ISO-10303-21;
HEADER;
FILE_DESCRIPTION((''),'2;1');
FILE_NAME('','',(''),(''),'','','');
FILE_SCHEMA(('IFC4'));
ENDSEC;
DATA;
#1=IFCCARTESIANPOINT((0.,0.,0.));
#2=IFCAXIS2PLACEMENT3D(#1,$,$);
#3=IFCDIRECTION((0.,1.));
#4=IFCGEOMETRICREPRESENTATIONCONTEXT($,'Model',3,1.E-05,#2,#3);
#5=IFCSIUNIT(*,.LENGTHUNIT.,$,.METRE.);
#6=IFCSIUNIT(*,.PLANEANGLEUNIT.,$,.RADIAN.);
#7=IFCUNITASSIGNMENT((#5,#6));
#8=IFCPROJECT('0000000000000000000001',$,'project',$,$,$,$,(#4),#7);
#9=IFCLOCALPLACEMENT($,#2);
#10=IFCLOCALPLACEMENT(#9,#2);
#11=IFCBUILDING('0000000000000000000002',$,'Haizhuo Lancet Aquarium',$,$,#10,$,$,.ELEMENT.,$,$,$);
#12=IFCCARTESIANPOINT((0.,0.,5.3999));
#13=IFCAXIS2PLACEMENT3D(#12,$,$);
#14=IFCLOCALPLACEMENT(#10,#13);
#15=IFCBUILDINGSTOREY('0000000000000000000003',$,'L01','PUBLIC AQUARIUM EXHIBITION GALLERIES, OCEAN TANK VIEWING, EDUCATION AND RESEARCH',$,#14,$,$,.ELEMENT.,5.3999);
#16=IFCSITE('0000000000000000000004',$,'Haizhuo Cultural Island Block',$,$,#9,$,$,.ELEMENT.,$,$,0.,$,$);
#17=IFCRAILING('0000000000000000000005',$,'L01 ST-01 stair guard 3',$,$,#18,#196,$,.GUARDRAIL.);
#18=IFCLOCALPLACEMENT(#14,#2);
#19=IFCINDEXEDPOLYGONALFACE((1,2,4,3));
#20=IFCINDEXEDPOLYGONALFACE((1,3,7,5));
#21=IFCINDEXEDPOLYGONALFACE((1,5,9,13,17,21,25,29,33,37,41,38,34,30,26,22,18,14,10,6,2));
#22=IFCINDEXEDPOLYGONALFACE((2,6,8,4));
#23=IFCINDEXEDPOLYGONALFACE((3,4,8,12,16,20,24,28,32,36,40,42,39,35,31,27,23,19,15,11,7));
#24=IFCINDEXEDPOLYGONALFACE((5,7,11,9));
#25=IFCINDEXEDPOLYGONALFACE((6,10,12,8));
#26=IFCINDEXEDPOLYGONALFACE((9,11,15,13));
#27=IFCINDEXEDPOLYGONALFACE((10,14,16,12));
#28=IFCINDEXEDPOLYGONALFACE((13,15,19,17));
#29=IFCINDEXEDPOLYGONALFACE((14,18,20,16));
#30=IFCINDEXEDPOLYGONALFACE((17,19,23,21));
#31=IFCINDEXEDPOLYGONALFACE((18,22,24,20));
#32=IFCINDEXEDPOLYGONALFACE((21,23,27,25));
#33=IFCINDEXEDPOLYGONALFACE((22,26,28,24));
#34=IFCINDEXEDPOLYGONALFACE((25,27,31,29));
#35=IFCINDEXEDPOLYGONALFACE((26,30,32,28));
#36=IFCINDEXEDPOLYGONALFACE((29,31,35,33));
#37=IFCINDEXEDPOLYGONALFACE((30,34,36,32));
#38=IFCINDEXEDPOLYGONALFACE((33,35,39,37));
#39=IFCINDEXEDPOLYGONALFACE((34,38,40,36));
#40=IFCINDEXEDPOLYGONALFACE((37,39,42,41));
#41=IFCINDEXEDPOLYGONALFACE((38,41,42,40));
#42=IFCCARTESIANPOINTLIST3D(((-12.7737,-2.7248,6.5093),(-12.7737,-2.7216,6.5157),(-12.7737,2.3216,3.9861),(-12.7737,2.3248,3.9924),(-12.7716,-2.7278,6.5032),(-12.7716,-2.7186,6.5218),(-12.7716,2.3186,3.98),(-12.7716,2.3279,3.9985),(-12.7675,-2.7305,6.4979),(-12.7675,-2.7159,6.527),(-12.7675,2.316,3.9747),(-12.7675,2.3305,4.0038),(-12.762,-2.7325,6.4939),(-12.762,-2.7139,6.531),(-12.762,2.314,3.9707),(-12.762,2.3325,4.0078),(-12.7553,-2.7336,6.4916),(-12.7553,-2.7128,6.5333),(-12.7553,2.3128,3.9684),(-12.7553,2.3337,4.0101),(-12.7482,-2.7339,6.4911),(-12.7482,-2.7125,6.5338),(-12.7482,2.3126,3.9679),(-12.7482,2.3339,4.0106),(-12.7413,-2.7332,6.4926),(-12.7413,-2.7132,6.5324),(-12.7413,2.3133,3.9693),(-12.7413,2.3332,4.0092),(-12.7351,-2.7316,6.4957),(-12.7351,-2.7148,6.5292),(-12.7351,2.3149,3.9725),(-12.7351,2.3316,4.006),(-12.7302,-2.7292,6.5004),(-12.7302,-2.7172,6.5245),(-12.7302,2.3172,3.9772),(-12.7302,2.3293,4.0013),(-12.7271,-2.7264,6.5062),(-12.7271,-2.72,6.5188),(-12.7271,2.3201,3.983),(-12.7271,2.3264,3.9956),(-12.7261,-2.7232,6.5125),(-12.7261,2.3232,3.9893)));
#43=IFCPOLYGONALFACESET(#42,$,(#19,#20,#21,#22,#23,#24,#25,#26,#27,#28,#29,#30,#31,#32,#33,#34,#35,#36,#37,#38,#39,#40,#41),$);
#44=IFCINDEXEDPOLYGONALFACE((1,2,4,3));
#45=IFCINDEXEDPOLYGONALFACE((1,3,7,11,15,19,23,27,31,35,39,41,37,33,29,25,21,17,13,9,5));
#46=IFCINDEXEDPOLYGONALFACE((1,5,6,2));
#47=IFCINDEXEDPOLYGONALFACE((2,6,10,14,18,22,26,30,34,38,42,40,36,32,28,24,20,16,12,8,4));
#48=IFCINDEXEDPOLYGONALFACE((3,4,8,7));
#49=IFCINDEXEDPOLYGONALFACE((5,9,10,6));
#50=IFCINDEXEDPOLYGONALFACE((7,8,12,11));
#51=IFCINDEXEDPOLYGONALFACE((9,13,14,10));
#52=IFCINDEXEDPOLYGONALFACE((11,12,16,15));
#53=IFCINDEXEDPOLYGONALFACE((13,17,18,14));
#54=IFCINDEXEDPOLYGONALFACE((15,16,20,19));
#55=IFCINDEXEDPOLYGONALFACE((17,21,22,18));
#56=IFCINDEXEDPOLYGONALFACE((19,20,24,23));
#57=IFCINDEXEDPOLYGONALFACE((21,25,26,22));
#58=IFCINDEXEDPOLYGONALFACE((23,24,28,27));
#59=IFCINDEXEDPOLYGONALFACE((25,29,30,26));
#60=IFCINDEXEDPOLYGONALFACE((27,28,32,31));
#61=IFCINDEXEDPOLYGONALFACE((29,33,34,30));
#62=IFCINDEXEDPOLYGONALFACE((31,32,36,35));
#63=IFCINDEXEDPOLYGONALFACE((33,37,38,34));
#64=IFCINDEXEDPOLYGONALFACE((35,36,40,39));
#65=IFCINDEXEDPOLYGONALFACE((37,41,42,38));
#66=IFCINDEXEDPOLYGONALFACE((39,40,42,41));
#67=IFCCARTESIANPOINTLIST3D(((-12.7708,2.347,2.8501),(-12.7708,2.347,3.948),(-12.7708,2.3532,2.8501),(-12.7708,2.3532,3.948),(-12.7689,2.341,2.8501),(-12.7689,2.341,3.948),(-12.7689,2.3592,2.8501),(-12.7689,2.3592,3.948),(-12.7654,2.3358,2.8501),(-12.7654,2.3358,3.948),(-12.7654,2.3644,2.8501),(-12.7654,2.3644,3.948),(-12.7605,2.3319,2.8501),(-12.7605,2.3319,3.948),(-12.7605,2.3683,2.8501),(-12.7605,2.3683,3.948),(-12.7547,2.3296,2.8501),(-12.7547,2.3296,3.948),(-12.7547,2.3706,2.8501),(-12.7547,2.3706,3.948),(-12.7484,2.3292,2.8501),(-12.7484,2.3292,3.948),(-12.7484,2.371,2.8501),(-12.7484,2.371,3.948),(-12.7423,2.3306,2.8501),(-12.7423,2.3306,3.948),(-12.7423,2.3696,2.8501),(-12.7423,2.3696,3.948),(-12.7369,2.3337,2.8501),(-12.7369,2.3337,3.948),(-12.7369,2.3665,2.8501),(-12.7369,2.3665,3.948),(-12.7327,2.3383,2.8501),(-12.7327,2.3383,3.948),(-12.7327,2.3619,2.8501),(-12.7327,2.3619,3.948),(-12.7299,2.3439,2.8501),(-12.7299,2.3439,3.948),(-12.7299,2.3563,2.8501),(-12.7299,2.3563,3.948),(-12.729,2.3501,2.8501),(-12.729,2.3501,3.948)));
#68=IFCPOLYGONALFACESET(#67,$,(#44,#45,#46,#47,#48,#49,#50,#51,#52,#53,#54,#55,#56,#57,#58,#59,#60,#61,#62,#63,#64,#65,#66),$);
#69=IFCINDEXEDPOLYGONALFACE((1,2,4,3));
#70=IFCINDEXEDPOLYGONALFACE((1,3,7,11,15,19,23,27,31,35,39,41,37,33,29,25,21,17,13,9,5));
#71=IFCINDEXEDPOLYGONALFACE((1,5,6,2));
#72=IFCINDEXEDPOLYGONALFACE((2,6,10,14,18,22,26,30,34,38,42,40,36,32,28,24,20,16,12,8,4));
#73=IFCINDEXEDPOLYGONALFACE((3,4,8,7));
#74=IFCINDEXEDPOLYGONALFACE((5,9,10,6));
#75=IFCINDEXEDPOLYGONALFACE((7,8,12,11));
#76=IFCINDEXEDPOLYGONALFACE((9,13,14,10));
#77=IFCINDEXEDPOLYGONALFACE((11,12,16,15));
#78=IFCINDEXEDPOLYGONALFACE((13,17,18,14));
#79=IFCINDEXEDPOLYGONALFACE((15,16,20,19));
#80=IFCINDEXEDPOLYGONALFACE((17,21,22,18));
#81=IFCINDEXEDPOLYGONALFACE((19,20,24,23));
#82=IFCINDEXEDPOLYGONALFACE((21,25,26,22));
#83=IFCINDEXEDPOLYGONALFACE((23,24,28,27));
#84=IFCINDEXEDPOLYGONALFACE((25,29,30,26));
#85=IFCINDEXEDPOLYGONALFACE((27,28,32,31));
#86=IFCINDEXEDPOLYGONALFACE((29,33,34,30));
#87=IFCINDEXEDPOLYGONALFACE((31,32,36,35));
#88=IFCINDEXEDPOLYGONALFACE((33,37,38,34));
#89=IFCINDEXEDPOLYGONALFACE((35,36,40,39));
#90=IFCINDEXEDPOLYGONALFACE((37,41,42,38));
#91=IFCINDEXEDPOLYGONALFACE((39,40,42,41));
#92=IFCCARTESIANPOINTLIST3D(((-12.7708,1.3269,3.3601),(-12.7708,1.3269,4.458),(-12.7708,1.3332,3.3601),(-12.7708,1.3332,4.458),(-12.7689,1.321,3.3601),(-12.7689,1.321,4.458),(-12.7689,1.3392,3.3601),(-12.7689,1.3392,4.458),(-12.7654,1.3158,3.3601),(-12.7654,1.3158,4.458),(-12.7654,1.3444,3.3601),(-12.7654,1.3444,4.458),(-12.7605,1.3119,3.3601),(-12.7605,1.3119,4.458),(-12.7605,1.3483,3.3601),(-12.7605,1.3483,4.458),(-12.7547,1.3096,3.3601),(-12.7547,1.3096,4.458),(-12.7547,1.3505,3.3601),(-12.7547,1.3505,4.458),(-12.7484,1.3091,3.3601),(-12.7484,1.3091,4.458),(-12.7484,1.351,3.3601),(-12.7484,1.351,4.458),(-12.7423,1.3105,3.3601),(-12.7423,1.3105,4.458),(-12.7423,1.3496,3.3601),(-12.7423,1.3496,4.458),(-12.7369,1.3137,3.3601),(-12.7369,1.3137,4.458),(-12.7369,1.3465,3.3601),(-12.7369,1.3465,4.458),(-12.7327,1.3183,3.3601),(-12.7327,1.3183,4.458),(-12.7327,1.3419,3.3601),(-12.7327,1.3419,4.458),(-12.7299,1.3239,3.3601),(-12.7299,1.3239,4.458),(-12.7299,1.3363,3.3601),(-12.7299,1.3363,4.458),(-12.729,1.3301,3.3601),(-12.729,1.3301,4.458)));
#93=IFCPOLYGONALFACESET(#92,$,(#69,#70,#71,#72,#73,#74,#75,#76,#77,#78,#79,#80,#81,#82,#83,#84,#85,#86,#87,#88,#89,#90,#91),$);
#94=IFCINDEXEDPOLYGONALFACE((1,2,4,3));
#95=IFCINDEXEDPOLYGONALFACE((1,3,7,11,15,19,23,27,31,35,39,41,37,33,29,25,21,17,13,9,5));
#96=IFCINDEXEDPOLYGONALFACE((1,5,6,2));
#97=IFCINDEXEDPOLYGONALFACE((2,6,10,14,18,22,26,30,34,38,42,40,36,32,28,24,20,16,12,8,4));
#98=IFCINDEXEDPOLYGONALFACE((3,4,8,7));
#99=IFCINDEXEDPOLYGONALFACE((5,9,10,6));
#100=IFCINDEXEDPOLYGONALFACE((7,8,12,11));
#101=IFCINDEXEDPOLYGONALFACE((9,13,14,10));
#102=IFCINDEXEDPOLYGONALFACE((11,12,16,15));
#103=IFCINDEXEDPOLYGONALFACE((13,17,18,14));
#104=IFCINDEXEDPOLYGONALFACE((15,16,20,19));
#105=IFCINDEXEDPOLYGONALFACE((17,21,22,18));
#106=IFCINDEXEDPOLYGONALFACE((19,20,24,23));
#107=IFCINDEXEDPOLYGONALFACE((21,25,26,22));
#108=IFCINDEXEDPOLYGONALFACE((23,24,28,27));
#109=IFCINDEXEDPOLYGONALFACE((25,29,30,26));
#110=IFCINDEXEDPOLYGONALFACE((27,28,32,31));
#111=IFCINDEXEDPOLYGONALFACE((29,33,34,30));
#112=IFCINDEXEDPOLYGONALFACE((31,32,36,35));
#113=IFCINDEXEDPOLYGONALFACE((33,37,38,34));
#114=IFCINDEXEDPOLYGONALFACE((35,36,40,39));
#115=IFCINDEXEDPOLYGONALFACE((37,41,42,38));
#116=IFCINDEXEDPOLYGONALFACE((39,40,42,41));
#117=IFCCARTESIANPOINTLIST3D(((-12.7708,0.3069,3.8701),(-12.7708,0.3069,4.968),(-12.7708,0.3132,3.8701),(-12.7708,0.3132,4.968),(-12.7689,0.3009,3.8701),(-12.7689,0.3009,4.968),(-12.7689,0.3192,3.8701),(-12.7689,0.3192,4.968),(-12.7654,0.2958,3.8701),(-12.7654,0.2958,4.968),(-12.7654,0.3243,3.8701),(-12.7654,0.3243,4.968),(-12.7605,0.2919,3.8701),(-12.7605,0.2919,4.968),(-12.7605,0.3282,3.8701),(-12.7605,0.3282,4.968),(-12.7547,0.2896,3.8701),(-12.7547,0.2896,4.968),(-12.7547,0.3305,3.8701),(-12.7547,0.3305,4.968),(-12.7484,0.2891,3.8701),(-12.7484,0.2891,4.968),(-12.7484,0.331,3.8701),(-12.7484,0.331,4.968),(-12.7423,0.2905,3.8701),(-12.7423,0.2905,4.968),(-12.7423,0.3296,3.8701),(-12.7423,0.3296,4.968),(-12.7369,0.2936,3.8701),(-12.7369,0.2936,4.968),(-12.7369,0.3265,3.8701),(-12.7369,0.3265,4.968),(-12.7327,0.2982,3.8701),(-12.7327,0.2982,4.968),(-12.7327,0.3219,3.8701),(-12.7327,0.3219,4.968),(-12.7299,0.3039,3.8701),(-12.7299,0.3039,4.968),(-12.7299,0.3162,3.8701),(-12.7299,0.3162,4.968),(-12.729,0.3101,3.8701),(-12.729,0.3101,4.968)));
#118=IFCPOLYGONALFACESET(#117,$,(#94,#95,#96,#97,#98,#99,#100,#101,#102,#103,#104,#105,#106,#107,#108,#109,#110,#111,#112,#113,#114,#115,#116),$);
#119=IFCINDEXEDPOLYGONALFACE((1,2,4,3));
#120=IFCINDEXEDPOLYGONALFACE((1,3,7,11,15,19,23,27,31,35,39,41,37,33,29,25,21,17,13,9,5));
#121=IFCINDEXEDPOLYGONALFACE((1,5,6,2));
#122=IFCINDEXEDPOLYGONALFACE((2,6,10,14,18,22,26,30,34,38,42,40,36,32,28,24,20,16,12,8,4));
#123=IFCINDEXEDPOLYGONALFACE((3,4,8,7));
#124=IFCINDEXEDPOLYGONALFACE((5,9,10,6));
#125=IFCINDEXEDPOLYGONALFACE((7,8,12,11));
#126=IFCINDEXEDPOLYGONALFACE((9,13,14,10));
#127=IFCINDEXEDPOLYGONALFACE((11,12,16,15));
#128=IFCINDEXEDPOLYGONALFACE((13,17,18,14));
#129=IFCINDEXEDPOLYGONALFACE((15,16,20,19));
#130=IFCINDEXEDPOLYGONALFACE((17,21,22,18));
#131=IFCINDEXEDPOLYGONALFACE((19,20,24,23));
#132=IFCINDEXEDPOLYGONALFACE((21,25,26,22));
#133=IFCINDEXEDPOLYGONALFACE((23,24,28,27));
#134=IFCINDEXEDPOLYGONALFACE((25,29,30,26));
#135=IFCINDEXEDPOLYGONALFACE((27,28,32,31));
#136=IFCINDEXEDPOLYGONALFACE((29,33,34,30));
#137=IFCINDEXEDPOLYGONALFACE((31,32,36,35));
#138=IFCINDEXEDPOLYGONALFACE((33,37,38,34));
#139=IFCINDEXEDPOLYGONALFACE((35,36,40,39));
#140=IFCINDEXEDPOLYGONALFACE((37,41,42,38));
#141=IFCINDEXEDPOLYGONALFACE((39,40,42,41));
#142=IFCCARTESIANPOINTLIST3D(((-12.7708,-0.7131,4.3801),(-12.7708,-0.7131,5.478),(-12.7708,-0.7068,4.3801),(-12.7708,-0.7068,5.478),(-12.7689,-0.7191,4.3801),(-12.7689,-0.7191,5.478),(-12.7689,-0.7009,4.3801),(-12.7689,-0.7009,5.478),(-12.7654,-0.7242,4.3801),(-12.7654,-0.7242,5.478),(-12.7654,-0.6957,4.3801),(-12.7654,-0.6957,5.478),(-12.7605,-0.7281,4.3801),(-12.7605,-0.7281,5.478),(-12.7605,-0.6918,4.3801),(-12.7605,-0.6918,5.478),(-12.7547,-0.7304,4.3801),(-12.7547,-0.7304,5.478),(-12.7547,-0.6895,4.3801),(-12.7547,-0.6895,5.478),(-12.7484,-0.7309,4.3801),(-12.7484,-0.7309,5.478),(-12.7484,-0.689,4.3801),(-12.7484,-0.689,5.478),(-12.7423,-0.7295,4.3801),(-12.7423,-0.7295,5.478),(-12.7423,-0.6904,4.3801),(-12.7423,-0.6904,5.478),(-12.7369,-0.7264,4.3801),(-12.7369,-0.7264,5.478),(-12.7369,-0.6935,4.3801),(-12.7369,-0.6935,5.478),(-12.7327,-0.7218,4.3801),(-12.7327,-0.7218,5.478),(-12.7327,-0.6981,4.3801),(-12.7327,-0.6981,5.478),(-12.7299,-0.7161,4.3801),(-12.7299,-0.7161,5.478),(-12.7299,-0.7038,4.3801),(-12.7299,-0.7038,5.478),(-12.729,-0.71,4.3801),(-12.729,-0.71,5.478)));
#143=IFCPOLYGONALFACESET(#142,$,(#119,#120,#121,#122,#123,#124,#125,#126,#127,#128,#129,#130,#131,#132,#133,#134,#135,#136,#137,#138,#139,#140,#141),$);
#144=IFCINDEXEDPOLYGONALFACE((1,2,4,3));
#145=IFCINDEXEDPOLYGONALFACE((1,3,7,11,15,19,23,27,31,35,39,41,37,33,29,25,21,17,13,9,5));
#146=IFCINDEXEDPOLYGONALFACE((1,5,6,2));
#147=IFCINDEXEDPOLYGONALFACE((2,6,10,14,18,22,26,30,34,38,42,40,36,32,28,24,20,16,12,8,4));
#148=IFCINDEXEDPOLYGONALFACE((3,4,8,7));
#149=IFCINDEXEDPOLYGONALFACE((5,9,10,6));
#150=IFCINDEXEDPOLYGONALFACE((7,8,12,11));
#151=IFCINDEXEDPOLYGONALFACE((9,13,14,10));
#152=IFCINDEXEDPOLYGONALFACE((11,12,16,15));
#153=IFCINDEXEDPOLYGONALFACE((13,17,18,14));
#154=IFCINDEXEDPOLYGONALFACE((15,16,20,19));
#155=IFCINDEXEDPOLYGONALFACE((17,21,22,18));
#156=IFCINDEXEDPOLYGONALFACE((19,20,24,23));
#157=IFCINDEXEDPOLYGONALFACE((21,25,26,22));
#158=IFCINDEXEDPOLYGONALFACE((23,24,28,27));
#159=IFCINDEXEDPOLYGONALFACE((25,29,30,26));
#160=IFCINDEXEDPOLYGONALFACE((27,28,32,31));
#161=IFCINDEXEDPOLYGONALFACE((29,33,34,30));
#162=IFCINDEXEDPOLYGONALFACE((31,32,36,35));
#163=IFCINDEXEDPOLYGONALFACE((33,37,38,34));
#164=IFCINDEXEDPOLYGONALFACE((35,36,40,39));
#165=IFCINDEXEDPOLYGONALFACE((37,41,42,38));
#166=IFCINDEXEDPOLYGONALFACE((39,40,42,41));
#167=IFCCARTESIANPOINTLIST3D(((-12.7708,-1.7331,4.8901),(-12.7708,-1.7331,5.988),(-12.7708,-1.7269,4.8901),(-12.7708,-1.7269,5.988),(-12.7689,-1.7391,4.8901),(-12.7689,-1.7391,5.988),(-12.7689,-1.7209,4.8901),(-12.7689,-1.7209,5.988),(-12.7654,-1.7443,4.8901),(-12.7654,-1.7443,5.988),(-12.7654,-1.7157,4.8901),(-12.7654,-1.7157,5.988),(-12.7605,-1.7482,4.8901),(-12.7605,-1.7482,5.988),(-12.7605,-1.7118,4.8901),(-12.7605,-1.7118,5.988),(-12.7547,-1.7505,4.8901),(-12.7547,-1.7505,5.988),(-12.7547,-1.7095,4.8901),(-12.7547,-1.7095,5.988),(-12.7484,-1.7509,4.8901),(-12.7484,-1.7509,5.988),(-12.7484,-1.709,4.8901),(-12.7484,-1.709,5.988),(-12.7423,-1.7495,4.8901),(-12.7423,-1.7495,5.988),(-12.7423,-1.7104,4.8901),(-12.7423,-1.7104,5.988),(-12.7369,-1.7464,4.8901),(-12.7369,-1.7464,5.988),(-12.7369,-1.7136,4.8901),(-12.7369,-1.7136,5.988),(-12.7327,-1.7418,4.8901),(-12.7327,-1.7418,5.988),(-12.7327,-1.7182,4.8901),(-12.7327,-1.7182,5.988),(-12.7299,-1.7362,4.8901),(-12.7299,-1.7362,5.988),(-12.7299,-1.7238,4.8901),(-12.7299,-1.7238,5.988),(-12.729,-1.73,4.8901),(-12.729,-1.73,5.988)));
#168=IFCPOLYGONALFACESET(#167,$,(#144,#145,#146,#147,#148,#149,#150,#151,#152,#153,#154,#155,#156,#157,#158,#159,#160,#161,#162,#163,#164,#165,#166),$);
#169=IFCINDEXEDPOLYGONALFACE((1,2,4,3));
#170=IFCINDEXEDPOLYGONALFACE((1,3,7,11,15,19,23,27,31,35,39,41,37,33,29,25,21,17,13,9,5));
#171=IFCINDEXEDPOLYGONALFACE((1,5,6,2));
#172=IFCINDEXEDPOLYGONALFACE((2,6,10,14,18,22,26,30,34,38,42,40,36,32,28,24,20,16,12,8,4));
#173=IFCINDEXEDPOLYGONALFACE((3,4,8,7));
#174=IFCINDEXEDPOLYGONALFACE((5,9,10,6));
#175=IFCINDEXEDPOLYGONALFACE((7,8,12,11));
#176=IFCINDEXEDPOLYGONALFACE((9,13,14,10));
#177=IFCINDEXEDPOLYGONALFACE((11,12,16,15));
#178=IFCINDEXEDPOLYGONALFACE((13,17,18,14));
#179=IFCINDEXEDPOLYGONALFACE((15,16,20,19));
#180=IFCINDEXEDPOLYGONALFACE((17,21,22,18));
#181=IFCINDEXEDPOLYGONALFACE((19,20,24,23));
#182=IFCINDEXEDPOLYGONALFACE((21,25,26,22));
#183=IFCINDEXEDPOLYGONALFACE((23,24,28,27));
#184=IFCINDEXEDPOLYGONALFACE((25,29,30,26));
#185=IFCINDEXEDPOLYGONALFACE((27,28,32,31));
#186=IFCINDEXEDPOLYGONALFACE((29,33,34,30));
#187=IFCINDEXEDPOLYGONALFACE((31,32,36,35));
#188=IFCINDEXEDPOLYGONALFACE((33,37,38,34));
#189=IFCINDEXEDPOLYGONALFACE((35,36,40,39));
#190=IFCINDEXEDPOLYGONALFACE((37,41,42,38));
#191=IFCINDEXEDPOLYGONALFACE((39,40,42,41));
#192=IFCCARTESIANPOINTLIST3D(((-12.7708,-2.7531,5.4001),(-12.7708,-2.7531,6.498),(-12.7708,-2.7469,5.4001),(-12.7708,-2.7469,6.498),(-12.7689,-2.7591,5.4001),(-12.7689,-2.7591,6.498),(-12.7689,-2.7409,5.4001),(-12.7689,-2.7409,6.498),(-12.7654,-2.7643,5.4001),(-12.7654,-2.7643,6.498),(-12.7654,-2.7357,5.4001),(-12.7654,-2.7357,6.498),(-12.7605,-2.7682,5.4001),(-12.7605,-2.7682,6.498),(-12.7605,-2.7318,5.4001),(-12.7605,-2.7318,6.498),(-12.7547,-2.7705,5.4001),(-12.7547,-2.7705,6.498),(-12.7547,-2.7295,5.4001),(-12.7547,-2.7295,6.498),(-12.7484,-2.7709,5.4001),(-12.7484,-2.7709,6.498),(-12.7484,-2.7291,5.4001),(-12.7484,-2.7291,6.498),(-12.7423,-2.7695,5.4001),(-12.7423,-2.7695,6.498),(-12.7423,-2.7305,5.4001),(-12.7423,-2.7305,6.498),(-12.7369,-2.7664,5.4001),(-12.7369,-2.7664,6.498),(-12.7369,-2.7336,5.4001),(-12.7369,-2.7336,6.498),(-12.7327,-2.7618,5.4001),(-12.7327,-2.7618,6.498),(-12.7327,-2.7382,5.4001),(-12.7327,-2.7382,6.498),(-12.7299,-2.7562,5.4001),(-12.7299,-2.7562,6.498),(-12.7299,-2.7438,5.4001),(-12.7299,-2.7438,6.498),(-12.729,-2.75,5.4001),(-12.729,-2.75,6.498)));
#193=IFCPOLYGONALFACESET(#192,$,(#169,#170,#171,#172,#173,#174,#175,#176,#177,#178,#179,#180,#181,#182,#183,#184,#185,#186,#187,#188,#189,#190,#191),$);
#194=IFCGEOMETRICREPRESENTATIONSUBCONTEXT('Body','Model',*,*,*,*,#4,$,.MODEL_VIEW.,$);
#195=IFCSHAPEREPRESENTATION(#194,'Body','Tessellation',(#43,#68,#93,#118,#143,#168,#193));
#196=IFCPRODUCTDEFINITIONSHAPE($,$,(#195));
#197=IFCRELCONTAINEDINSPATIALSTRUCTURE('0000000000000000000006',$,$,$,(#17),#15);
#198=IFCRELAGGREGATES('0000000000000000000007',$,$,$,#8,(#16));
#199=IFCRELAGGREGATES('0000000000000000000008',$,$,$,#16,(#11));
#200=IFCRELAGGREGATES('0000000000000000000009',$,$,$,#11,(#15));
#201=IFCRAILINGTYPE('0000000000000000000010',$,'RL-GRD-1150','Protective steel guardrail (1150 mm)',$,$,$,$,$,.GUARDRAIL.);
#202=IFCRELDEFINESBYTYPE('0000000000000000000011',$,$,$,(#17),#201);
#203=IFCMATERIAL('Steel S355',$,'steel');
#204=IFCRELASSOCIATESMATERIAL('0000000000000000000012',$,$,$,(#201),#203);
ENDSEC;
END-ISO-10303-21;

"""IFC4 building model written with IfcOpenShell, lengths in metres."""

from ifc_helpers import new_model, si_unit, direction, frame, origin, origin_2d, place, context, subcontext, project, spatial, circle, extrude, material, type_object, element, save


model = new_model("IFC4")

# Units and contexts
model_context = context("Model", 3, precision=1e-05, world=origin(), true_north=direction((0.0, 1.0)))
body_context = subcontext(model_context, "Body", "Model", "MODEL_VIEW")
ifc_project = project(units=[si_unit("LENGTHUNIT", "METRE"), si_unit("PLANEANGLEUNIT", "RADIAN")], contexts=[model_context])

# Site, building, storey
site_placement = place(None, origin())
site = spatial("IfcSite", under=ifc_project, at=site_placement, Name="Haizhuo Cultural Island Block", CompositionType="ELEMENT", RefElevation=0.0)
building_placement = place(site_placement, origin())
building = spatial("IfcBuilding", under=site, at=building_placement, Name="Haizhuo Lancet Aquarium", CompositionType="ELEMENT")
storey_placement = place(building_placement, frame((0.0, 0.0, 5.3999)))
storey = spatial("IfcBuildingStorey", under=building, at=storey_placement, Name="L01", Description="PUBLIC AQUARIUM EXHIBITION GALLERIES, OCEAN TANK VIEWING, EDUCATION AND RESEARCH", CompositionType="ELEMENT", Elevation=5.3999)

# Shared definitions
ifc_material_1 = material(Name="Steel S355", Category="steel")

# Railing
railing_type_1 = type_object("IfcRailingType", Name="RL-GRD-1150", Description="Protective steel guardrail (1150 mm)", PredefinedType="GUARDRAIL", material=ifc_material_1)
railing_1_placement = place(storey_placement, frame((-12.75, 2.3501, 2.8501)))
element("IfcRailing", 1, at=railing_1_placement, inside=storey, type_object=railing_type_1, Name="L01 ST-01 stair guard 3", PredefinedType="GUARDRAIL", context=body_context, shape_type="SweptSolid", body=[
    extrude(circle(Radius=0.0239, at=origin_2d()), frame((0.0, -0.0269, 1.1392), z_axis=(0.0, -0.894427, 0.447214), x_axis=(1.0, 0.0, 0.0)), (0.0, 0.0, 1.0), 5.6421),
    extrude(circle(Radius=0.021, at=origin_2d()), origin(), (0.0, 0.0, 1.0), 1.0979),
    extrude(circle(Radius=0.021, at=origin_2d()), frame((0.0, -1.02, 0.51)), (0.0, 0.0, 1.0), 1.0979),
    extrude(circle(Radius=0.021, at=origin_2d()), frame((0.0, -2.04, 1.02)), (0.0, 0.0, 1.0), 1.0979),
    extrude(circle(Radius=0.021, at=origin_2d()), frame((0.0, -3.0601, 1.53)), (0.0, 0.0, 1.0), 1.0979),
    extrude(circle(Radius=0.021, at=origin_2d()), frame((0.0, -4.0801, 2.04)), (0.0, 0.0, 1.0), 1.0979),
    extrude(circle(Radius=0.021, at=origin_2d()), frame((0.0, -5.1001, 2.55)), (0.0, 0.0, 1.0), 1.0979),
])

save(model, "model.ifc")
